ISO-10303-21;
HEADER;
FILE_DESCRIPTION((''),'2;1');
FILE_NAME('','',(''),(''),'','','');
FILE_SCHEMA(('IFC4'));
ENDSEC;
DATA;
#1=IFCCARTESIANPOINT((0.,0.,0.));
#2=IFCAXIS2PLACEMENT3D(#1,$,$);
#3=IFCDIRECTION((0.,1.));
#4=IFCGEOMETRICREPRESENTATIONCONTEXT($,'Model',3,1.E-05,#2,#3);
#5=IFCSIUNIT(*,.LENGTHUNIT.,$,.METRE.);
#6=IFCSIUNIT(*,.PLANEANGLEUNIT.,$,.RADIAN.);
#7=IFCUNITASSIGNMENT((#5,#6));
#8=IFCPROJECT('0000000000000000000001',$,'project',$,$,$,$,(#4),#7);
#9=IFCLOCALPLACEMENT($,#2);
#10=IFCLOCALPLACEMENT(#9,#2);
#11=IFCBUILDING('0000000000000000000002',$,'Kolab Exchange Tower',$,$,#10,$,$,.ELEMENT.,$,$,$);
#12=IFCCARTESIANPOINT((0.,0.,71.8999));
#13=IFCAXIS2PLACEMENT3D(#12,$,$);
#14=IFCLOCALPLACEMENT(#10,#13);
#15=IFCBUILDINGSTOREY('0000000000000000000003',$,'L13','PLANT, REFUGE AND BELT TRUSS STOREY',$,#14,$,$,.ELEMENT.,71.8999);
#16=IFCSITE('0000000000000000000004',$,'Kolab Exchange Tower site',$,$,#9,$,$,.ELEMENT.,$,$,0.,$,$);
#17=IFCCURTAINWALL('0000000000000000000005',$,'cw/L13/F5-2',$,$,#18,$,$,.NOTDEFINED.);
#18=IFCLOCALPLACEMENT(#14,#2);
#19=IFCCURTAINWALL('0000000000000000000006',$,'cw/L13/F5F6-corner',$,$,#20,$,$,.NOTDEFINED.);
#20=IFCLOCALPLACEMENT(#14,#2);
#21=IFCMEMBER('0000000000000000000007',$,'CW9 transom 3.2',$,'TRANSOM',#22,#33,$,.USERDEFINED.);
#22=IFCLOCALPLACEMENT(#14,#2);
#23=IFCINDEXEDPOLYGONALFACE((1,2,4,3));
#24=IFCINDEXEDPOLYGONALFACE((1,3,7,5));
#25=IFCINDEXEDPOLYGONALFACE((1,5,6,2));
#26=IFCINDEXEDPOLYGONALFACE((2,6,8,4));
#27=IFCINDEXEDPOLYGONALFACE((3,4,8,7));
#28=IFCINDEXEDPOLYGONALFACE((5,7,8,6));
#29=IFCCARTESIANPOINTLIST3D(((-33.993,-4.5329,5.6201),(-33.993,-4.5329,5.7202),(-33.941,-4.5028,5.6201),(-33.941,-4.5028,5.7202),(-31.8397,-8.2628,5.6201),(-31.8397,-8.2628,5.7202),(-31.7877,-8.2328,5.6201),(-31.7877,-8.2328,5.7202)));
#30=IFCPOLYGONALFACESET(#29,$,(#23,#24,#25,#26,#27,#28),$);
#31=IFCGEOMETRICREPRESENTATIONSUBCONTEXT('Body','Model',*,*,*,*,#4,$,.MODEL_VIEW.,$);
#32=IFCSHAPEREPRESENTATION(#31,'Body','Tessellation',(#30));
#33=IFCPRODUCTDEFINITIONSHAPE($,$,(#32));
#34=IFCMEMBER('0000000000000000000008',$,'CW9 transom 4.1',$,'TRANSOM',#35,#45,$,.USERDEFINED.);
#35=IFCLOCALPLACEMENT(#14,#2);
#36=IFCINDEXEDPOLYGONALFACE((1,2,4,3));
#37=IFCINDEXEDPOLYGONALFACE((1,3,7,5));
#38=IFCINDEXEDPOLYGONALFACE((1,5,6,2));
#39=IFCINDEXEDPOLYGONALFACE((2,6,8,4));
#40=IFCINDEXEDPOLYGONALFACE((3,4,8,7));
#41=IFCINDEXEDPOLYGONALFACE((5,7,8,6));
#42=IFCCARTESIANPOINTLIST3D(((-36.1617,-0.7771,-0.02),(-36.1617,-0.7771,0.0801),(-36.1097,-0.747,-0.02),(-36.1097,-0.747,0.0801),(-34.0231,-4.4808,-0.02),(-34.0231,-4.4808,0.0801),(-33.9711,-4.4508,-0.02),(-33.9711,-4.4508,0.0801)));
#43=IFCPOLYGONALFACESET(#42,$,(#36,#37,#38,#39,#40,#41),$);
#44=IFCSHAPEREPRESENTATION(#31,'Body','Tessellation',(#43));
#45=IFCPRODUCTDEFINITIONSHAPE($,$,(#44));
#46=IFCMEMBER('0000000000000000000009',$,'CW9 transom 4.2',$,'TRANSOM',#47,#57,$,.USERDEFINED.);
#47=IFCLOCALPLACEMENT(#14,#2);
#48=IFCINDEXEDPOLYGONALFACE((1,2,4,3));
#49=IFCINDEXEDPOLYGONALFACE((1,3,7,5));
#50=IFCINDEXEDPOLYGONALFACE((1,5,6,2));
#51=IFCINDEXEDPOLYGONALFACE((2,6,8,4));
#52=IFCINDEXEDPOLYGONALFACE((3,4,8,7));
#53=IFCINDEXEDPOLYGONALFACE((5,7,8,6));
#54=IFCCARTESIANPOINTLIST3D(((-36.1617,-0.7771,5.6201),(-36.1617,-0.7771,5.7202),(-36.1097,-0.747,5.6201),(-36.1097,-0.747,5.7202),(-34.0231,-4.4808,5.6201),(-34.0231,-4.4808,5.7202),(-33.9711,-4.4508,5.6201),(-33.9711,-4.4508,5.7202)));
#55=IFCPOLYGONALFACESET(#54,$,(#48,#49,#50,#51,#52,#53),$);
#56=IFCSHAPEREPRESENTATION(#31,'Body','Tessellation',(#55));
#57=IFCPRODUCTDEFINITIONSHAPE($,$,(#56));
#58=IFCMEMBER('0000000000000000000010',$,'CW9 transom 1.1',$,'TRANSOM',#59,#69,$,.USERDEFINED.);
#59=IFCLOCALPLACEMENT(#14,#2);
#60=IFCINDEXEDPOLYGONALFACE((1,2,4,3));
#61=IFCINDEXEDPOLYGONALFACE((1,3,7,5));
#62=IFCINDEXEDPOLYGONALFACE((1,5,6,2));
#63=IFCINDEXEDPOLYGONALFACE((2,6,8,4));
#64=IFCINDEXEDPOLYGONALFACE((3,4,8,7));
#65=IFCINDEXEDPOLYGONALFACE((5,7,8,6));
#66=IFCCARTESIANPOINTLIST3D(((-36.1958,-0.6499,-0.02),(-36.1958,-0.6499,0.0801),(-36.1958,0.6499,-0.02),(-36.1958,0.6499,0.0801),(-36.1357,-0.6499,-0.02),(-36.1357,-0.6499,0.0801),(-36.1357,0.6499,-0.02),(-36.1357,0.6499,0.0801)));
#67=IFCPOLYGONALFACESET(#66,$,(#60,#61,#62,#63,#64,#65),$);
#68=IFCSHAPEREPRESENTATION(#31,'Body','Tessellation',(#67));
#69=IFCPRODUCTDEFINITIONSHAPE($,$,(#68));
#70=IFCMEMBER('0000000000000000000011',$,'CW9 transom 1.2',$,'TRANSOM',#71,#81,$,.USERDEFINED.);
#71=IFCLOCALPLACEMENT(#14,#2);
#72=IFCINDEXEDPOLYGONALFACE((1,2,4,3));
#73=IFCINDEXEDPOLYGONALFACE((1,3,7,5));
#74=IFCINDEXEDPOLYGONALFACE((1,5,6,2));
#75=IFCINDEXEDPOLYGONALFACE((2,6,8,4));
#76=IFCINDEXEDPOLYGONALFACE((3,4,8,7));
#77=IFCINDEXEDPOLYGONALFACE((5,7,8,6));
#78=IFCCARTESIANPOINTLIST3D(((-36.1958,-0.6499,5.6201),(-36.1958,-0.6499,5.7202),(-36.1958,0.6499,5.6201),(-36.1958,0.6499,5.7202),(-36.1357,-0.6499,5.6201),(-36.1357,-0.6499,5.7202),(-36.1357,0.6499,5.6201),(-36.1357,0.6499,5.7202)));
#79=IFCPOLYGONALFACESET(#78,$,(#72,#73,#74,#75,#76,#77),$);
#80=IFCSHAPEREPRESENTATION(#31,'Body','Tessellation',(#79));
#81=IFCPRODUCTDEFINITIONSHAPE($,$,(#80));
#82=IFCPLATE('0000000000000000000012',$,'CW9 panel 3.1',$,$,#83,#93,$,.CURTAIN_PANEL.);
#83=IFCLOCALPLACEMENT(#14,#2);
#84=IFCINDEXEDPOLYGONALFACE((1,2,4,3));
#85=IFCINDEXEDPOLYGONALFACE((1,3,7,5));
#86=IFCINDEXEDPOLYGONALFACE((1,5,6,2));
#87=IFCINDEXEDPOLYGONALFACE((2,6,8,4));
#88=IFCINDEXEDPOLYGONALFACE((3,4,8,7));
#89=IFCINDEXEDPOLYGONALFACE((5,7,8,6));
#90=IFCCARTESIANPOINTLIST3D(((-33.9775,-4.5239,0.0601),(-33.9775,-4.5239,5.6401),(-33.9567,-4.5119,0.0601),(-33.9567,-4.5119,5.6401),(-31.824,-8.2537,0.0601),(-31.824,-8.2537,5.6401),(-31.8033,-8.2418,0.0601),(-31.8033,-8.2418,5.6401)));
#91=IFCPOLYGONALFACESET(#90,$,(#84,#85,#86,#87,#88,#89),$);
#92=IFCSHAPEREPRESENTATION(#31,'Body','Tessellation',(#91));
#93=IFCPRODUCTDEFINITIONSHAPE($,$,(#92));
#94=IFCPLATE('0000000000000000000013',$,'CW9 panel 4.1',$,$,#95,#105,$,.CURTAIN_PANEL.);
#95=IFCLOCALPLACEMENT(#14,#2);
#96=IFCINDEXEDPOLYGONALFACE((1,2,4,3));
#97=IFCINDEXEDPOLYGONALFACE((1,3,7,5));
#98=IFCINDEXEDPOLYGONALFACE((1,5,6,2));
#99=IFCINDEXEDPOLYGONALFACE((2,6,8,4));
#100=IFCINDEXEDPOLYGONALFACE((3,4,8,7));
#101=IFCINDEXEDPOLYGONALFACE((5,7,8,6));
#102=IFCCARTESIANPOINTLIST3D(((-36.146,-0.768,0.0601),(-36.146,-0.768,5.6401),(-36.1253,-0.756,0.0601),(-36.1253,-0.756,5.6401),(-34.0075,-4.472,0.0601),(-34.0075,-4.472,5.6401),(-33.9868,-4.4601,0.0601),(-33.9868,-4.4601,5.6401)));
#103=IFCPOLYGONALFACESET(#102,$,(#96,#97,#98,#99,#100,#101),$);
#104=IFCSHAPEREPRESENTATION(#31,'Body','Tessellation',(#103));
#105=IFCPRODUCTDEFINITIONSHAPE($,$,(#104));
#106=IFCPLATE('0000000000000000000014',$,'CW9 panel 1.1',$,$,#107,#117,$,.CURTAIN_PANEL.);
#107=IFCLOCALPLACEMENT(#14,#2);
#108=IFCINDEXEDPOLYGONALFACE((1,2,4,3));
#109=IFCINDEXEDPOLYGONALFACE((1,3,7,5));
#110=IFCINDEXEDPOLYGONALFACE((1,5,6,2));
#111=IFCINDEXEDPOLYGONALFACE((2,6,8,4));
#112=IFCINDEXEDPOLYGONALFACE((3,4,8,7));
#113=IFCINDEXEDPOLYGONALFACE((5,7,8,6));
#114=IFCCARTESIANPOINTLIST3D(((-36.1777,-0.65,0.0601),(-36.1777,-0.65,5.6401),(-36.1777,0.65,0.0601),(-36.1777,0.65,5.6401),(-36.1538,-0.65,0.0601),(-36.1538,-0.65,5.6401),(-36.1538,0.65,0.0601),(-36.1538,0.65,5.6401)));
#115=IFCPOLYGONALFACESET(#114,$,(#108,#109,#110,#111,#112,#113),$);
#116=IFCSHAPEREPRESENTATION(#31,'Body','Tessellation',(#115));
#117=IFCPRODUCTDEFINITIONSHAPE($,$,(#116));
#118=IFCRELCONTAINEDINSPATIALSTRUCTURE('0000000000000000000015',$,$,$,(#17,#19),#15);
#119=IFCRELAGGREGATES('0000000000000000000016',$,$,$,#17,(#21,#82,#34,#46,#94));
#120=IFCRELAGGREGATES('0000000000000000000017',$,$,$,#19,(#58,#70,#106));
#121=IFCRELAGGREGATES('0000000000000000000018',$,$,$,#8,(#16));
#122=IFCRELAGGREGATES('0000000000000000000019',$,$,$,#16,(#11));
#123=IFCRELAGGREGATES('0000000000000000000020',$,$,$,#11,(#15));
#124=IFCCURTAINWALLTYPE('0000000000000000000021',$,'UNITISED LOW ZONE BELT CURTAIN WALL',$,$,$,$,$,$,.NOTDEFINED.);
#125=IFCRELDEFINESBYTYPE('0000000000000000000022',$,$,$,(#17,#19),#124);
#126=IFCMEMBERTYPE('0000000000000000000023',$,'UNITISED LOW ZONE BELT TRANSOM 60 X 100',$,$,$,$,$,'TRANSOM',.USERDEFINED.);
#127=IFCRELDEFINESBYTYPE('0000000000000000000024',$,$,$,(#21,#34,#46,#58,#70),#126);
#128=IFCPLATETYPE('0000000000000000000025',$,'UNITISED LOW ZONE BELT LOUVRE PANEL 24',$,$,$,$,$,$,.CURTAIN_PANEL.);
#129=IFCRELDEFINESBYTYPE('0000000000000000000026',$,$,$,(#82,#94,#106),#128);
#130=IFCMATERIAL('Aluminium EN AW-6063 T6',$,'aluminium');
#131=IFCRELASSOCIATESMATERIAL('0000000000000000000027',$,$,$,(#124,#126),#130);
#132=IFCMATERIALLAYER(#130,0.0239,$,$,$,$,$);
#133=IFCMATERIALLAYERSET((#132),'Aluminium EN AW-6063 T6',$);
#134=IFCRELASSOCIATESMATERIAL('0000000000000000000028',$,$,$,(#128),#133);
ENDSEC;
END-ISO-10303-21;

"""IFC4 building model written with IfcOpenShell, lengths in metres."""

from ifc_helpers import new_model, si_unit, direction, frame, origin, origin_2d, place, context, subcontext, project, spatial, rectangle, extrude, material, layer, layer_set, material_profile, profile_set, type_object, element, aggregate, save


model = new_model("IFC4")

# Units and contexts
model_context = context("Model", 3, precision=1e-05, world=origin(), true_north=direction((0.0, 1.0)))
body_context = subcontext(model_context, "Body", "Model", "MODEL_VIEW")
ifc_project = project(units=[si_unit("LENGTHUNIT", "METRE"), si_unit("PLANEANGLEUNIT", "RADIAN")], contexts=[model_context])

# Site, building, storey
site_placement = place(None, origin())
site = spatial("IfcSite", under=ifc_project, at=site_placement, Name="Kolab Exchange Tower site", CompositionType="ELEMENT", RefElevation=0.0)
building_placement = place(site_placement, origin())
building = spatial("IfcBuilding", under=site, at=building_placement, Name="Kolab Exchange Tower", CompositionType="ELEMENT")
storey_placement = place(building_placement, frame((0.0, 0.0, 71.8999)))
storey = spatial("IfcBuildingStorey", under=building, at=storey_placement, Name="L13", Description="PLANT, REFUGE AND BELT TRUSS STOREY", CompositionType="ELEMENT", Elevation=71.8999)

# Curtain wall
ifc_material_1 = material(Name="Aluminium EN AW-6063 T6", Category="aluminium")
curtain_wall_type = type_object("IfcCurtainWallType", Name="UNITISED LOW ZONE BELT CURTAIN WALL", PredefinedType="NOTDEFINED", material=ifc_material_1)
curtain_wall_1_placement = place(storey_placement, origin())
curtain_wall_1 = element("IfcCurtainWall", 1, at=curtain_wall_1_placement, inside=storey, type_object=curtain_wall_type, Name="cw/L13/F5-2", PredefinedType="NOTDEFINED")

# Curtain wall
curtain_wall_2_placement = place(storey_placement, origin())
curtain_wall_2 = element("IfcCurtainWall", 2, at=curtain_wall_2_placement, inside=storey, type_object=curtain_wall_type, Name="cw/L13/F5F6-corner", PredefinedType="NOTDEFINED")

# Members
ifc_material_profile_1 = material_profile(ifc_material_1, rectangle(XDim=0.0601, YDim=0.1001, at=origin_2d()), Name="RECT 60X100")
ifc_profile_set_1 = profile_set([ifc_material_profile_1], Name="Aluminium EN AW-6063 T6")
member_type_1 = type_object("IfcMemberType", Name="UNITISED LOW ZONE BELT TRANSOM 60 X 100", ElementType="TRANSOM", PredefinedType="USERDEFINED", material=ifc_profile_set_1)
member_1_placement = place(storey_placement, frame((-31.8137, -8.2478, 5.6702), z_axis=(-0.499968, 0.866044, 0.0), x_axis=(-0.866044, -0.499968, 0.0)))
member_1 = element("IfcMember", 3, at=member_1_placement, type_object=member_type_1, Name="CW9 transom 3.2", ObjectType="TRANSOM", PredefinedType="USERDEFINED", context=body_context, shape_type="SweptSolid", body=[
    extrude(rectangle(XDim=0.0601, YDim=0.1001, at=origin_2d()), origin(), (0.0, 0.0, 1.0), 4.3069),
])
member_2_placement = place(storey_placement, frame((-33.9971, -4.4658, 0.03), z_axis=(-0.500044, 0.866, 0.0), x_axis=(-0.866, -0.500044, 0.0)))
member_2 = element("IfcMember", 4, at=member_2_placement, type_object=member_type_1, Name="CW9 transom 4.1", ObjectType="TRANSOM", PredefinedType="USERDEFINED", context=body_context, shape_type="SweptSolid", body=[
    extrude(rectangle(XDim=0.0601, YDim=0.1001, at=origin_2d()), origin(), (0.0, 0.0, 1.0), 4.2769),
])
member_3_placement = place(storey_placement, frame((-33.9971, -4.4658, 5.6702), z_axis=(-0.500044, 0.866, 0.0), x_axis=(-0.866, -0.500044, 0.0)))
member_3 = element("IfcMember", 5, at=member_3_placement, type_object=member_type_1, Name="CW9 transom 4.2", ObjectType="TRANSOM", PredefinedType="USERDEFINED", context=body_context, shape_type="SweptSolid", body=[
    extrude(rectangle(XDim=0.0601, YDim=0.1001, at=origin_2d()), origin(), (0.0, 0.0, 1.0), 4.2769),
])
member_4_placement = place(storey_placement, frame((-36.1658, -0.6499, 0.03), z_axis=(0.0, 1.0, 0.0), x_axis=(-1.0, 0.0, 0.0)))
member_4 = element("IfcMember", 6, at=member_4_placement, type_object=member_type_1, Name="CW9 transom 1.1", ObjectType="TRANSOM", PredefinedType="USERDEFINED", context=body_context, shape_type="SweptSolid", body=[
    extrude(rectangle(XDim=0.0601, YDim=0.1001, at=origin_2d()), origin(), (0.0, 0.0, 1.0), 1.2998),
])
member_5_placement = place(storey_placement, frame((-36.1658, -0.6499, 5.6702), z_axis=(0.0, 1.0, 0.0), x_axis=(-1.0, 0.0, 0.0)))
member_5 = element("IfcMember", 7, at=member_5_placement, type_object=member_type_1, Name="CW9 transom 1.2", ObjectType="TRANSOM", PredefinedType="USERDEFINED", context=body_context, shape_type="SweptSolid", body=[
    extrude(rectangle(XDim=0.0601, YDim=0.1001, at=origin_2d()), origin(), (0.0, 0.0, 1.0), 1.2998),
])

# Plates
ifc_layer = layer(ifc_material_1, 0.0239)
ifc_layer_set = layer_set([ifc_layer], Name="Aluminium EN AW-6063 T6")
plate_type = type_object("IfcPlateType", Name="UNITISED LOW ZONE BELT LOUVRE PANEL 24", PredefinedType="CURTAIN_PANEL", material=ifc_layer_set)
plate_1_placement = place(storey_placement, frame((-32.8904, -6.3828, 0.0601), z_axis=(0.0, 0.0, 1.0), x_axis=(-0.5, 0.866025, 0.0)))
plate_1 = element("IfcPlate", 8, at=plate_1_placement, type_object=plate_type, Name="CW9 panel 3.1", PredefinedType="CURTAIN_PANEL", context=body_context, shape_type="SweptSolid", body=[
    extrude(rectangle(XDim=4.3069, YDim=0.0239, at=origin_2d()), origin(), (0.0, 0.0, 1.0), 5.5801),
])
plate_2_placement = place(storey_placement, frame((-35.0664, -2.614, 0.0601), z_axis=(0.0, 0.0, 1.0), x_axis=(-0.5, 0.866025, 0.0)))
plate_2 = element("IfcPlate", 9, at=plate_2_placement, type_object=plate_type, Name="CW9 panel 4.1", PredefinedType="CURTAIN_PANEL", context=body_context, shape_type="SweptSolid", body=[
    extrude(rectangle(XDim=4.2771, YDim=0.0239, at=origin_2d()), origin(), (0.0, 0.0, 1.0), 5.5801),
])
aggregate(curtain_wall_1, [member_1, plate_1, member_2, member_3, plate_2])
plate_3_placement = place(storey_placement, frame((-36.1658, 0.0, 0.0601), z_axis=(0.0, 0.0, 1.0), x_axis=(0.0, 1.0, 0.0)))
plate_3 = element("IfcPlate", 10, at=plate_3_placement, type_object=plate_type, Name="CW9 panel 1.1", PredefinedType="CURTAIN_PANEL", context=body_context, shape_type="SweptSolid", body=[
    extrude(rectangle(XDim=1.3, YDim=0.0239, at=origin_2d()), origin(), (0.0, 0.0, 1.0), 5.5801),
])
aggregate(curtain_wall_2, [member_4, member_5, plate_3])

save(model, "model.ifc")
